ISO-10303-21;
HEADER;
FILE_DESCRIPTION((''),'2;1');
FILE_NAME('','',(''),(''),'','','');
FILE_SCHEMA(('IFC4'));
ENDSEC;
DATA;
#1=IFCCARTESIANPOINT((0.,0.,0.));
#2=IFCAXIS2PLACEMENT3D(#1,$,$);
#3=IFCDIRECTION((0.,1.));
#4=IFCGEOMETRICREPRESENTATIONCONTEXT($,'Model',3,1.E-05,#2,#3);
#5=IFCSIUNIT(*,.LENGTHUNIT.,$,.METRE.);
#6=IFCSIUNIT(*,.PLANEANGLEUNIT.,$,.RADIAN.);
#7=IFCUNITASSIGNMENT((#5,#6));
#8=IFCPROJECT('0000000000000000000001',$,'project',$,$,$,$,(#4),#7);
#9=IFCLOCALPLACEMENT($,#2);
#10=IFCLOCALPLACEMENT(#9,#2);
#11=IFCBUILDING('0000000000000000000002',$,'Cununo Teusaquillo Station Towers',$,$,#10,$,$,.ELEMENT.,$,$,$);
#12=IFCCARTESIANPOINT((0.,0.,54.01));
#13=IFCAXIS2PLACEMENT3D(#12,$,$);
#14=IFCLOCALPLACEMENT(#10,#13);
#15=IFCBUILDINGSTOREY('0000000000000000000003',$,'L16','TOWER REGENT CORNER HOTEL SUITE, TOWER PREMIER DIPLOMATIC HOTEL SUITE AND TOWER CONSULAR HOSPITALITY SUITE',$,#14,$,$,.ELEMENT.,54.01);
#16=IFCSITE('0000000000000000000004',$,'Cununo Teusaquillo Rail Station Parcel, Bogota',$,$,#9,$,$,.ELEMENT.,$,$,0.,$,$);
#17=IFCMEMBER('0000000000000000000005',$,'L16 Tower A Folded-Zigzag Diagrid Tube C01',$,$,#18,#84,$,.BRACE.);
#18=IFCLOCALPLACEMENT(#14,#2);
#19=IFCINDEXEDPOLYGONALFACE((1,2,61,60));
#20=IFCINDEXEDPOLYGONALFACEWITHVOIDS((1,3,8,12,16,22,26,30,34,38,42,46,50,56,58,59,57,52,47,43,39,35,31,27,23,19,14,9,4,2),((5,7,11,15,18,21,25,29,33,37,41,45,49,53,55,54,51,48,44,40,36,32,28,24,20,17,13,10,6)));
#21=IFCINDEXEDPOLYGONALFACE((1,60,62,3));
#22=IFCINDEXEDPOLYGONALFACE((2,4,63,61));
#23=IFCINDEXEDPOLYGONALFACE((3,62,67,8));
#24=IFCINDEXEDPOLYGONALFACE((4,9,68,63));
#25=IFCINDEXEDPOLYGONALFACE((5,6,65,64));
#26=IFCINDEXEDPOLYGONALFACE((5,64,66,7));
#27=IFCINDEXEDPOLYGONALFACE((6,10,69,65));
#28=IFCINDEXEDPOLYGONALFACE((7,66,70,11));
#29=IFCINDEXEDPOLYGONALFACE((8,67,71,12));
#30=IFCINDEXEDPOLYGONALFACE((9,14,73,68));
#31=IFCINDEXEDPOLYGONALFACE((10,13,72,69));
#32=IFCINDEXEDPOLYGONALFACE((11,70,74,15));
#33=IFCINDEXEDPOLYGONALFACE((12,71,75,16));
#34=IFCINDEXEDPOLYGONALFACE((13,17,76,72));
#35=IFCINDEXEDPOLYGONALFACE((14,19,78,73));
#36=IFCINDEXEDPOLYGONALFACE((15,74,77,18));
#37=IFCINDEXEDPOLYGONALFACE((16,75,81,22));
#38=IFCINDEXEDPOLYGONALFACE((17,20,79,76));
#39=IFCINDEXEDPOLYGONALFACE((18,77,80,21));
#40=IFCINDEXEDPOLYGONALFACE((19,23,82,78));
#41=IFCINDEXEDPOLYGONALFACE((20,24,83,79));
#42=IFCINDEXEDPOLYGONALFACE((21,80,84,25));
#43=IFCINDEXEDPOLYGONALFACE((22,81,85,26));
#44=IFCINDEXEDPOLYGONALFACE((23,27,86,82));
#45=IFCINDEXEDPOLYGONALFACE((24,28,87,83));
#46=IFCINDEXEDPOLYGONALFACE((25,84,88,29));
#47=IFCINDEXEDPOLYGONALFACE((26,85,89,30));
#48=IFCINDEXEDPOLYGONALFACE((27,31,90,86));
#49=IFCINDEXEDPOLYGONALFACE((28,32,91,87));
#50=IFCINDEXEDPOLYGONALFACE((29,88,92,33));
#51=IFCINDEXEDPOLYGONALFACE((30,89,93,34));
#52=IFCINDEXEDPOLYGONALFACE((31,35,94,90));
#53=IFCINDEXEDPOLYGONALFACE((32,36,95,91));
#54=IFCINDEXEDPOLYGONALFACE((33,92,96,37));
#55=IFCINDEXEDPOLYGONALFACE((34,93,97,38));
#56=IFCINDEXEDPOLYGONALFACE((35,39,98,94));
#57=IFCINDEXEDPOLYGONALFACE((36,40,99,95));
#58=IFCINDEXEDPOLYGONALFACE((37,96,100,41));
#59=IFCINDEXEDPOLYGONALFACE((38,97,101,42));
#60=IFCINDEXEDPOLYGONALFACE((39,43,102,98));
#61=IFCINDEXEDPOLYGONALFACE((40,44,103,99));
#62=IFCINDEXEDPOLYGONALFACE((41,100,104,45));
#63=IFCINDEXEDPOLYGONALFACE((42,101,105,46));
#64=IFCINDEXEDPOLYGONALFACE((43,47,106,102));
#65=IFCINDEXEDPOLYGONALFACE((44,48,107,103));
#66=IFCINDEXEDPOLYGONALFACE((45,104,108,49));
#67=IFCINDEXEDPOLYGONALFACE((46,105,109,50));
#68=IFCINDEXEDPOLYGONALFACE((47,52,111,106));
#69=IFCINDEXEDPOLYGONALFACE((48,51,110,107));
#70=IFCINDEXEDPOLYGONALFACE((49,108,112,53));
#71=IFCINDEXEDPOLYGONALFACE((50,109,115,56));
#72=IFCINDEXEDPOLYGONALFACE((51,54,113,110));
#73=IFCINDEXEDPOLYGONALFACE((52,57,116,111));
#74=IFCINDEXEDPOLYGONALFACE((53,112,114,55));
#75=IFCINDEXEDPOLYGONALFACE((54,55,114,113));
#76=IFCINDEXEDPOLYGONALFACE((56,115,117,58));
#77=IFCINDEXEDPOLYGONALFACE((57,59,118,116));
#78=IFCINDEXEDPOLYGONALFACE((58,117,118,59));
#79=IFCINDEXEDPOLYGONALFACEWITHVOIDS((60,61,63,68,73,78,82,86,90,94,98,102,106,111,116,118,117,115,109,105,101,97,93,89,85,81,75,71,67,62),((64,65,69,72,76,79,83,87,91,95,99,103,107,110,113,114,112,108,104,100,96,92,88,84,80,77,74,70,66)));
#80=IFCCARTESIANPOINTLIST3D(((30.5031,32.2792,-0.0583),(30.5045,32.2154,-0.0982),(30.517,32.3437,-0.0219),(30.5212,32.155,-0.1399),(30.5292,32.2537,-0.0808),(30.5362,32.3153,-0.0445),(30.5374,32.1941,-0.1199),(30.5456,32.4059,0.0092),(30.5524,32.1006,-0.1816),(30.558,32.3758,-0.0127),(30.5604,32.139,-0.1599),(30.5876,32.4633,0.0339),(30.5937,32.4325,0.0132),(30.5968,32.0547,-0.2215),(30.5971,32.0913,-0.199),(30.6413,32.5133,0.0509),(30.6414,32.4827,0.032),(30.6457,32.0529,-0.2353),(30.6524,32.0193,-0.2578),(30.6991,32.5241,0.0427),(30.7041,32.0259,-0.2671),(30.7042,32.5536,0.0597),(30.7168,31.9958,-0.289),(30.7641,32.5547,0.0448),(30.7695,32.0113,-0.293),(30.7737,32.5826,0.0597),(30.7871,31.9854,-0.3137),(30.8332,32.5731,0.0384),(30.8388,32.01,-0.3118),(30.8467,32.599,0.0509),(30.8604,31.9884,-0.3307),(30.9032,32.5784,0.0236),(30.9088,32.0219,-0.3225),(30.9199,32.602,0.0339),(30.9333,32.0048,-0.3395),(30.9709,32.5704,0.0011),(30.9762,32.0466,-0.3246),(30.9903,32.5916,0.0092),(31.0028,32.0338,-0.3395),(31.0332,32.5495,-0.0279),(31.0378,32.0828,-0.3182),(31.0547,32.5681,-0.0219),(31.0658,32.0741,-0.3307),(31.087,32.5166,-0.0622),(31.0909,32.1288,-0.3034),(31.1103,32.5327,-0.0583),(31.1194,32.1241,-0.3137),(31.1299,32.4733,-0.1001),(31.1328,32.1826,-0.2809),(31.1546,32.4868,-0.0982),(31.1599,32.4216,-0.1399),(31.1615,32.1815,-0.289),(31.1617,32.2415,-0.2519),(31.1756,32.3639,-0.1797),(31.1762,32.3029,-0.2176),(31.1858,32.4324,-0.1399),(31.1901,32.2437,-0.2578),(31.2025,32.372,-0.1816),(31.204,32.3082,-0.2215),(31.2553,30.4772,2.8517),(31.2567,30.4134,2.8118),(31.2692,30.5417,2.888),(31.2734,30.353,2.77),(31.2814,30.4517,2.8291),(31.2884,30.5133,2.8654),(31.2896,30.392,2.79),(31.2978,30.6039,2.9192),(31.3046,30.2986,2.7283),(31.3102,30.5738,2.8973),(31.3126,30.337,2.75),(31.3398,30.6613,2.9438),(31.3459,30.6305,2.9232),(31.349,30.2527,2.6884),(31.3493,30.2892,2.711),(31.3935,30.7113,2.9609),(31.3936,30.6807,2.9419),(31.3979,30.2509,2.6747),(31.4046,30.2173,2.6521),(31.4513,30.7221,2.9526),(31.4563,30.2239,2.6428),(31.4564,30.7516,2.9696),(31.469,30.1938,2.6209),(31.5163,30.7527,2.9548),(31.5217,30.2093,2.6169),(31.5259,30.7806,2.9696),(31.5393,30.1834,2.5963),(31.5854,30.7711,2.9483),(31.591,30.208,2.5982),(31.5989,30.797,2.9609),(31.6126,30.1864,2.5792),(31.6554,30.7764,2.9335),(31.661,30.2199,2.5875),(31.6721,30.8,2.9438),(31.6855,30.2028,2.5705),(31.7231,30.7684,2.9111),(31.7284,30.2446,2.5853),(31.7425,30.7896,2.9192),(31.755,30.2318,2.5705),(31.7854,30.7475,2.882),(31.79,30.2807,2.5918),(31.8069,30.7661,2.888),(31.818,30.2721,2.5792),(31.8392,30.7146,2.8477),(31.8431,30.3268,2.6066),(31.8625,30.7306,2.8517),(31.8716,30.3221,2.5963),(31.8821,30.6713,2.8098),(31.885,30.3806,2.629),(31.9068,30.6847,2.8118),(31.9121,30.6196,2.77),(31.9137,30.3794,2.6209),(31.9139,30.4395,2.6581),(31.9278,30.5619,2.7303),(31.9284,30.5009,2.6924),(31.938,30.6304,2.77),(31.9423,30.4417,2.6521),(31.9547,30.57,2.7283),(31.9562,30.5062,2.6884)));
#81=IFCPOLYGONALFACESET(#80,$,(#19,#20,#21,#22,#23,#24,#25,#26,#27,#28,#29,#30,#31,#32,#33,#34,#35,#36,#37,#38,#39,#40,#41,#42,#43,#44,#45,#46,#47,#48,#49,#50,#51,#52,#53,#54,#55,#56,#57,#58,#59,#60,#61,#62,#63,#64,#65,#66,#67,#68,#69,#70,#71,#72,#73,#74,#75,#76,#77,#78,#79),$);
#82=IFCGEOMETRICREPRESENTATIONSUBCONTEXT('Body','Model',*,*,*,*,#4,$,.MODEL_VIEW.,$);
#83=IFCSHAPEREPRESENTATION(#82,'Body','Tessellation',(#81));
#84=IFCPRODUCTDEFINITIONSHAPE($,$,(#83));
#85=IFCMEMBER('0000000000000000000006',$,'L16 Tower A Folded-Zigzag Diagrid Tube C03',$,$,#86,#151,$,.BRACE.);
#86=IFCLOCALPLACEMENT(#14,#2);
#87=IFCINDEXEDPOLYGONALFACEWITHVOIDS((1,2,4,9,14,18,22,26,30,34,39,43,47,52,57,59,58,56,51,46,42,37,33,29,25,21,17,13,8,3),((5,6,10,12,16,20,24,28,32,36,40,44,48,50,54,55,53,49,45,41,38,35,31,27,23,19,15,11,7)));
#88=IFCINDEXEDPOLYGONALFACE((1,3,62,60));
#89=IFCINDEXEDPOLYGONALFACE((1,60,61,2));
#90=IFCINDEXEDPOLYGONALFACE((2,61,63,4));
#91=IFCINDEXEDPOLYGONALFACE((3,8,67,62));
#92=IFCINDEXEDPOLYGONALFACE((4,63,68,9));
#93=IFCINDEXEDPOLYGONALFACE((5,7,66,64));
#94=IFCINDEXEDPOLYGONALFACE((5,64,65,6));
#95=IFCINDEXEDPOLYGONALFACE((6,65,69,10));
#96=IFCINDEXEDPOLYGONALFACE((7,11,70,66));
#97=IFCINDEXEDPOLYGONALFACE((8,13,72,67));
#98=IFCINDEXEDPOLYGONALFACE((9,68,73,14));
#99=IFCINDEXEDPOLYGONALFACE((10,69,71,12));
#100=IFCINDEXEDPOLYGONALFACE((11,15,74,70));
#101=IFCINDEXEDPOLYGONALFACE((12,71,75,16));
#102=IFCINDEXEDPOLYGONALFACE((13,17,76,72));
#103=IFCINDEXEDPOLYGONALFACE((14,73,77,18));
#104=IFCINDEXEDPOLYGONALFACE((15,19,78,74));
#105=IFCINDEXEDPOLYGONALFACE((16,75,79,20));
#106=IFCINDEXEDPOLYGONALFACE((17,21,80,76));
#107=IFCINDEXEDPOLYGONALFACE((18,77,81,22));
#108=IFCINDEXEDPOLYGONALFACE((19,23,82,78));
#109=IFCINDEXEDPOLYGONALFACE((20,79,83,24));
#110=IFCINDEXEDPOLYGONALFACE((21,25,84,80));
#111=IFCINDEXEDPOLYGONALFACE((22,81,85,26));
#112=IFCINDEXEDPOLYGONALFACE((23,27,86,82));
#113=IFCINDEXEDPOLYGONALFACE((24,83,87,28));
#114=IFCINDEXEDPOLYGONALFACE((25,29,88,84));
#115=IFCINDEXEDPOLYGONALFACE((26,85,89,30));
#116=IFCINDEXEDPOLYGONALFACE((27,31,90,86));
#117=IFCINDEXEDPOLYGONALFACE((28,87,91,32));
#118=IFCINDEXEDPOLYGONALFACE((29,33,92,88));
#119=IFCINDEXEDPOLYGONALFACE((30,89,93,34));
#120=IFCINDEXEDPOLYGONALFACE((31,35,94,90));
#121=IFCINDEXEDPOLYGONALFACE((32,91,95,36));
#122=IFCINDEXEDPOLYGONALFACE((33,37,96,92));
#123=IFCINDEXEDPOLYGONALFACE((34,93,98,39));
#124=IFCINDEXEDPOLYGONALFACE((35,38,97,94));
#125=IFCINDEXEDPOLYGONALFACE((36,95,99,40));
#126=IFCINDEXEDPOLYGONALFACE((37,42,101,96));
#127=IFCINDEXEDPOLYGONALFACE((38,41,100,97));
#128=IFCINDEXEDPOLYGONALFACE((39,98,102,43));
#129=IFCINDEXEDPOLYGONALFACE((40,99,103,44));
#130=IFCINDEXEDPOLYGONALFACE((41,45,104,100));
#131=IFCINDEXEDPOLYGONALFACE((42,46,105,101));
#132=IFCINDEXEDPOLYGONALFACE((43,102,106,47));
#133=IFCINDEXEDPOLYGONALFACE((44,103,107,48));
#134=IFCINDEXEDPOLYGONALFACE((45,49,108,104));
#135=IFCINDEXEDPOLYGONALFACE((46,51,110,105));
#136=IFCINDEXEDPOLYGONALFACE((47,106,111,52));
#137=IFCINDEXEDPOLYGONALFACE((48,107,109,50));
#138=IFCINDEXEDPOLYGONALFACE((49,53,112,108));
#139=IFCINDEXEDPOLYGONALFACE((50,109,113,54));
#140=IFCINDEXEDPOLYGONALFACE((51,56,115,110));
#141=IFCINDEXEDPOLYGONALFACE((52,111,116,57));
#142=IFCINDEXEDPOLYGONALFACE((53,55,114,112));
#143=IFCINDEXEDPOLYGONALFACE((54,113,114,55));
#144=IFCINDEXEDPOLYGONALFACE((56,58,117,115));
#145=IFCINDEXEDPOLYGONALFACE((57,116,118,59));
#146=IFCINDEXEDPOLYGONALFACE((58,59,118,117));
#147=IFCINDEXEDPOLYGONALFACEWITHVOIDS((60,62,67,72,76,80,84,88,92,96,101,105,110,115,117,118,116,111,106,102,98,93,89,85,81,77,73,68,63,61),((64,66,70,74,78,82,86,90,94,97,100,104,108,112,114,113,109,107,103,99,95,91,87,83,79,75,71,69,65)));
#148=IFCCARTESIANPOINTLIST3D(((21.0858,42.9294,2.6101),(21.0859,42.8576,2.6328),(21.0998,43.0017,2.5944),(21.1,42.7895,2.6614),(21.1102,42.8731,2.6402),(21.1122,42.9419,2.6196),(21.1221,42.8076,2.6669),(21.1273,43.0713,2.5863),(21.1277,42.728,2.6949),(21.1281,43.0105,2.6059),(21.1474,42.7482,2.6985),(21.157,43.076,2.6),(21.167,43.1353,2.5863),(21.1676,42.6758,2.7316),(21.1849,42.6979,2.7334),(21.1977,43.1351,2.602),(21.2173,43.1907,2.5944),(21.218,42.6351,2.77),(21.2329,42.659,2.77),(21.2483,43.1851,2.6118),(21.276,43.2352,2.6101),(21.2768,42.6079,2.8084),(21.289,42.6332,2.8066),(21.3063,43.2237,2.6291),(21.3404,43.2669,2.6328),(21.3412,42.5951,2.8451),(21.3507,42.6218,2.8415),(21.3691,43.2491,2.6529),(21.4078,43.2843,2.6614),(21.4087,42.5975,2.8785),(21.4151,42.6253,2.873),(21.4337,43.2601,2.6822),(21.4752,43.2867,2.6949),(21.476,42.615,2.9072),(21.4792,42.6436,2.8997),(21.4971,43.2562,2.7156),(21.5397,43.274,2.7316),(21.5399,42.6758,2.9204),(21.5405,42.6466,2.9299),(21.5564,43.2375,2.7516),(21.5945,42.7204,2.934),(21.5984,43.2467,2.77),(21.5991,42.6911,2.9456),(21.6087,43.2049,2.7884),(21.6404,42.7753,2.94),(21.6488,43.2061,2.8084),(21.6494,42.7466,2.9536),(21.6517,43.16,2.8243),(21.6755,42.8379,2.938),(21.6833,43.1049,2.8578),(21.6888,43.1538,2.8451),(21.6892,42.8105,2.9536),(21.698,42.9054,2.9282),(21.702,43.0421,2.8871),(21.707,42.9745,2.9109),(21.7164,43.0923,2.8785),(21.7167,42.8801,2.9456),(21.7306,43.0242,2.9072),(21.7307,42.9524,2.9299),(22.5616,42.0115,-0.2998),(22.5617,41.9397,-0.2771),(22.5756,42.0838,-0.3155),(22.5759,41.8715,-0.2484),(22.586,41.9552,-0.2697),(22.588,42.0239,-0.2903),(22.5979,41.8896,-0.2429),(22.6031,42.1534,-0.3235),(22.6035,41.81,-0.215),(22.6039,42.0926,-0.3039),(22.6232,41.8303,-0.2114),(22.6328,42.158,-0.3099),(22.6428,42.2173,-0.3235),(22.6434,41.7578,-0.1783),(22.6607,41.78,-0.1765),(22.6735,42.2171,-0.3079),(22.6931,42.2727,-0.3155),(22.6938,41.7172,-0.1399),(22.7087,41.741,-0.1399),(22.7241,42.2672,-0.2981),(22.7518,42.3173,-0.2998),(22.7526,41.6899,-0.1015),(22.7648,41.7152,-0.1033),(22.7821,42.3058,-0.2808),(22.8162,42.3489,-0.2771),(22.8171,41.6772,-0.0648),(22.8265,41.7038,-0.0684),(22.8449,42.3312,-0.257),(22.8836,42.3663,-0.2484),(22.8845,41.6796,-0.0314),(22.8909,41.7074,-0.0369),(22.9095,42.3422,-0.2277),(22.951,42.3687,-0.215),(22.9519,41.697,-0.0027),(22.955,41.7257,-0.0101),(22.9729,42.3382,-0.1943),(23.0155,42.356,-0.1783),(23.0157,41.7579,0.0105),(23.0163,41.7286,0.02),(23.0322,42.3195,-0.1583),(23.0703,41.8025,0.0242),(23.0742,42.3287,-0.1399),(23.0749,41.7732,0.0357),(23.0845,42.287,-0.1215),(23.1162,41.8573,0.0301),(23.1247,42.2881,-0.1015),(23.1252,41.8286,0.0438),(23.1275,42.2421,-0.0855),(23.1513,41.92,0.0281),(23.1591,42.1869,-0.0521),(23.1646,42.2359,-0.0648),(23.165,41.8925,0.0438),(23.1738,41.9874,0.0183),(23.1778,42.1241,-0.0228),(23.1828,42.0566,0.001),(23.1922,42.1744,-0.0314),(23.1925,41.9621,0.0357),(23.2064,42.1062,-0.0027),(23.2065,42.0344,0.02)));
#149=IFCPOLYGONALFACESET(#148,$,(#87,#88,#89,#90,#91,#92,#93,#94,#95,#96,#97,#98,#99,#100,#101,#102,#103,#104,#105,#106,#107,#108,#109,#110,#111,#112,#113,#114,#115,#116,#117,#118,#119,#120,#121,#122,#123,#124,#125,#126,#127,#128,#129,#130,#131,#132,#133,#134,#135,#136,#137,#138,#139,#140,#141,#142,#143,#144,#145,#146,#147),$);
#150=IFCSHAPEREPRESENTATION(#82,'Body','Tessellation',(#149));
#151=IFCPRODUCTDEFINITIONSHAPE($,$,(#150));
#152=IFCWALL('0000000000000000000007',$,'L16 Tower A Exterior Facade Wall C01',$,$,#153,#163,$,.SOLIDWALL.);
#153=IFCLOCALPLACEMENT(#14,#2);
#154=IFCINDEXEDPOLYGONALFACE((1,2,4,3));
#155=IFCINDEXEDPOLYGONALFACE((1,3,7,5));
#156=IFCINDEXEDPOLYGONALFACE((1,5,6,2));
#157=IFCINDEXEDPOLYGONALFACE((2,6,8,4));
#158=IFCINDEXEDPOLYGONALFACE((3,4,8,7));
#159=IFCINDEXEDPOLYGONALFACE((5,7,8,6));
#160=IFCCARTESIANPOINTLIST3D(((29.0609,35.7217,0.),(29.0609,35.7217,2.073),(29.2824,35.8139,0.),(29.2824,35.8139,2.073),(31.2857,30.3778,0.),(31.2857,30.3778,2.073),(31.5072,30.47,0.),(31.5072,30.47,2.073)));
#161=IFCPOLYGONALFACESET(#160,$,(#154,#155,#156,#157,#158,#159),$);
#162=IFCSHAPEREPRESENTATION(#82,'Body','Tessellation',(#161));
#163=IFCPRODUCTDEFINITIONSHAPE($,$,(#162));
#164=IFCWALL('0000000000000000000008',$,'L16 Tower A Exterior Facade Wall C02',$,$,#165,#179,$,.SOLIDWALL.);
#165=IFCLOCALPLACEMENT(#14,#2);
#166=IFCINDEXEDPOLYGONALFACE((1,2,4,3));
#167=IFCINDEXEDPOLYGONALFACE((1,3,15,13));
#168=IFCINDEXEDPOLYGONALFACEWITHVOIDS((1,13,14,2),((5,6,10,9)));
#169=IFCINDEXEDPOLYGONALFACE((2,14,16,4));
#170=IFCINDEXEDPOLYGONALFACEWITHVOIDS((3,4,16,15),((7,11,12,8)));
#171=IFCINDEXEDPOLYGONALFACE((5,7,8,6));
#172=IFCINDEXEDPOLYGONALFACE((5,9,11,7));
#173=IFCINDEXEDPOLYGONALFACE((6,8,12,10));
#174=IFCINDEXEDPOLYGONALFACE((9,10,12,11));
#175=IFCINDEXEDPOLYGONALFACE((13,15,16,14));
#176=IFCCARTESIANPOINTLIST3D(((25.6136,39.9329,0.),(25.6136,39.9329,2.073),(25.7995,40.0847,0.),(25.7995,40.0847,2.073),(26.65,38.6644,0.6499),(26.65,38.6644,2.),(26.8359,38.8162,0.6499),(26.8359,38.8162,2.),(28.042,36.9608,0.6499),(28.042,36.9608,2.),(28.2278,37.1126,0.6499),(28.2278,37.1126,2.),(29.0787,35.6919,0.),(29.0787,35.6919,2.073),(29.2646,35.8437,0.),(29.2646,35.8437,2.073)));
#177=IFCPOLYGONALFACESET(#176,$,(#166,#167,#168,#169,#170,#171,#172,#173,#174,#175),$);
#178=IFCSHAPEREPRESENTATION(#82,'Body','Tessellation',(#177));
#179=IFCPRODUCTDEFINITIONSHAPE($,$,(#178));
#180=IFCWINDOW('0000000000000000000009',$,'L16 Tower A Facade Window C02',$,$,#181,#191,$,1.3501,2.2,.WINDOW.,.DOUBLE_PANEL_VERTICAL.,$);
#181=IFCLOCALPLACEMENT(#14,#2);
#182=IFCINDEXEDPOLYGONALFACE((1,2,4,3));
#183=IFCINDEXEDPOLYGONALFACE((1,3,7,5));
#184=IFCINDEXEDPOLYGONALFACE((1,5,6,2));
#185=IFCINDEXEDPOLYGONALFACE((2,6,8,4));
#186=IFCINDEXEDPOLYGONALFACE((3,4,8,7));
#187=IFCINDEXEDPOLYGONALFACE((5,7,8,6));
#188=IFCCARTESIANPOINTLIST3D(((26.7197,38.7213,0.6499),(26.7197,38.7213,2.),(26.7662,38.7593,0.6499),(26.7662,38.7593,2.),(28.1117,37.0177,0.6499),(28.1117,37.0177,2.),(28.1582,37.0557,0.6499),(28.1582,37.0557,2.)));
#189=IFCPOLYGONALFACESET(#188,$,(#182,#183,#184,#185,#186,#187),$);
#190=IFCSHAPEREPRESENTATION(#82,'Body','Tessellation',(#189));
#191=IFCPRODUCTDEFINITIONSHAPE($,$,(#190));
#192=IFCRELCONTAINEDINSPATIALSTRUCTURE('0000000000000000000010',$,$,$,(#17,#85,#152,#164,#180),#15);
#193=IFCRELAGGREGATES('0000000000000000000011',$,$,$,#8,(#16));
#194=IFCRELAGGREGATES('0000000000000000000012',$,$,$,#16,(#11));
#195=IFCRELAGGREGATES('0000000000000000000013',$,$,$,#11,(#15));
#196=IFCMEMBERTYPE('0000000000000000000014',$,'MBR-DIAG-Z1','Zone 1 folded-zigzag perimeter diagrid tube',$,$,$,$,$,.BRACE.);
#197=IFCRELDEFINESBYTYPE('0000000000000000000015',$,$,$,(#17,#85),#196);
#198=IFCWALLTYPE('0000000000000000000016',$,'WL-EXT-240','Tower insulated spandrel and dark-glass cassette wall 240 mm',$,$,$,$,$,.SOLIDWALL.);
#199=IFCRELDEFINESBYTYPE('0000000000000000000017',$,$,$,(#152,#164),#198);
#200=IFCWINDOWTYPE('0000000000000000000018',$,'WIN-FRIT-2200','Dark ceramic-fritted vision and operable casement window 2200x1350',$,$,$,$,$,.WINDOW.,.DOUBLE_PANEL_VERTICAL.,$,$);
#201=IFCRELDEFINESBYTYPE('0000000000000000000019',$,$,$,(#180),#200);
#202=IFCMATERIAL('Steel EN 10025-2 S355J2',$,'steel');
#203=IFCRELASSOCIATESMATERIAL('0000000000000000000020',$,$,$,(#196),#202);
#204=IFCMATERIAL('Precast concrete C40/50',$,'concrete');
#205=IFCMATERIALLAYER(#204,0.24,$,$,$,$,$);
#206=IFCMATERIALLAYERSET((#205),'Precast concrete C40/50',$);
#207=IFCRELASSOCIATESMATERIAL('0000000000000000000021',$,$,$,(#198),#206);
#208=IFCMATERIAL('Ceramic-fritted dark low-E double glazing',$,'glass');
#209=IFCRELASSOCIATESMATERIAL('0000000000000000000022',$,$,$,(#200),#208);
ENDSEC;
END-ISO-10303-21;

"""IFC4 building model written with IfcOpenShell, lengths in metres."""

from ifc_helpers import new_model, si_unit, direction, frame, frame_2d, origin, origin_2d, place, context, subcontext, project, spatial, rectangle, hollow_circle, extrude, source, transform, mapped, material, layer, layer_set, material_profile, profile_set, type_object, element, fill, save


model = new_model("IFC4")

# Units and contexts
model_context = context("Model", 3, precision=1e-05, world=origin(), true_north=direction((0.0, 1.0)))
body_context = subcontext(model_context, "Body", "Model", "MODEL_VIEW")
ifc_project = project(units=[si_unit("LENGTHUNIT", "METRE"), si_unit("PLANEANGLEUNIT", "RADIAN")], contexts=[model_context])

# Site, building, storey
site_placement = place(None, origin())
site = spatial("IfcSite", under=ifc_project, at=site_placement, Name="Cununo Teusaquillo Rail Station Parcel, Bogota", CompositionType="ELEMENT", RefElevation=0.0)
building_placement = place(site_placement, origin())
building = spatial("IfcBuilding", under=site, at=building_placement, Name="Cununo Teusaquillo Station Towers", CompositionType="ELEMENT")
storey_placement = place(building_placement, frame((0.0, 0.0, 54.01)))
storey = spatial("IfcBuildingStorey", under=building, at=storey_placement, Name="L16", Description="TOWER REGENT CORNER HOTEL SUITE, TOWER PREMIER DIPLOMATIC HOTEL SUITE AND TOWER CONSULAR HOSPITALITY SUITE", CompositionType="ELEMENT", Elevation=54.01)

# Members
ifc_material_1 = material(Name="Steel EN 10025-2 S355J2", Category="steel")
ifc_material_profile_1 = material_profile(ifc_material_1, hollow_circle(Radius=0.3601, WallThickness=0.0281, at=origin_2d()), Name="CHS 720x28")
ifc_profile_set_1 = profile_set([ifc_material_profile_1], Name="Steel EN 10025-2 S355J2")
member_type = type_object("IfcMemberType", Name="MBR-DIAG-Z1", Description="Zone 1 folded-zigzag perimeter diagrid tube", PredefinedType="BRACE", material=ifc_profile_set_1)
member_1_placement = place(storey_placement, frame((30.8535, 32.2937, -0.1399), z_axis=(0.214646, -0.514216, 0.830367), x_axis=(0.922829, 0.38521, 0.0)))
element("IfcMember", 1, at=member_1_placement, inside=storey, type_object=member_type, Name="L16 Tower A Folded-Zigzag Diagrid Tube C01", PredefinedType="BRACE", context=body_context, shape_type="SweptSolid", body=[
    extrude(hollow_circle(Radius=0.3601, WallThickness=0.0281, at=origin_2d()), origin(), (0.0, 0.0, 1.0), 3.5044),
])
member_2_placement = place(storey_placement, frame((22.884, 42.0229, -0.1399), z_axis=(-0.43542, 0.270832, 0.858522), x_axis=(-0.528167, -0.849141, 0.0)))
element("IfcMember", 2, at=member_2_placement, inside=storey, type_object=member_type, Name="L16 Tower A Folded-Zigzag Diagrid Tube C03", PredefinedType="BRACE", context=body_context, shape_type="SweptSolid", body=[
    extrude(hollow_circle(Radius=0.3601, WallThickness=0.0281, at=origin_2d()), origin(), (0.0, 0.0, 1.0), 3.3894),
])

# Wall
ifc_material_2 = material(Name="Precast concrete C40/50", Category="concrete")
ifc_layer_1 = layer(ifc_material_2, 0.24)
ifc_layer_set_1 = layer_set([ifc_layer_1], Name="Precast concrete C40/50")
wall_type_1 = type_object("IfcWallType", Name="WL-EXT-240", Description="Tower insulated spandrel and dark-glass cassette wall 240 mm", PredefinedType="SOLIDWALL", material=ifc_layer_set_1)
wall_1_placement = place(storey_placement, frame((29.1716, 35.7678, 0.0), z_axis=(0.0, 0.0, 1.0), x_axis=(0.384349, -0.923188, 0.0)))
element("IfcWall", 3, at=wall_1_placement, inside=storey, type_object=wall_type_1, Name="L16 Tower A Exterior Facade Wall C01", PredefinedType="SOLIDWALL", context=body_context, shape_type="SweptSolid", body=[
    extrude(rectangle(XDim=5.7886, YDim=0.24, at=frame_2d((2.8943, 0.0))), origin(), (0.0, 0.0, 1.0), 2.073),
])

# Wall, opening, window
wall_2_placement = place(storey_placement, frame((25.7065, 40.0088, 0.0), z_axis=(0.0, 0.0, 1.0), x_axis=(0.632713, -0.774386, 0.0)))
wall_2 = element("IfcWall", 4, at=wall_2_placement, inside=storey, type_object=wall_type_1, Name="L16 Tower A Exterior Facade Wall C02", PredefinedType="SOLIDWALL", context=body_context, shape_type="SweptSolid", body=[
    extrude(rectangle(XDim=5.4766, YDim=0.24, at=frame_2d((2.7383, 0.0))), origin(), (0.0, 0.0, 1.0), 2.073),
])
shared_shape_1 = source(origin(), body_context, "Body", "SweptSolid", [
    extrude(rectangle(XDim=2.2, YDim=1.3501, at=frame_2d((1.1001, 0.675))), frame((0.0, 0.1299, 0.0), z_axis=(0.0, -1.0, 0.0), x_axis=(1.0, 0.0, 0.0)), (0.0, 0.0, 1.0), 0.26),
])
opening_1_placement = place(wall_2_placement, frame((1.6379, 0.0, 0.6499)))
opening_1 = element("IfcOpeningElement", 5, at=opening_1_placement, cuts=wall_2, PredefinedType="OPENING", context=body_context, shape_type="MappedRepresentation", body=[
    mapped(shared_shape_1, transform((0.0, 0.0, 0.0), x_axis=(1.0, 0.0, 0.0), y_axis=(0.0, 1.0, 0.0), z_axis=(0.0, 0.0, 1.0), scale=1.0)),
])
ifc_material_3 = material(Name="Ceramic-fritted dark low-E double glazing", Category="glass")
window_type = type_object("IfcWindowType", Name="WIN-FRIT-2200", Description="Dark ceramic-fritted vision and operable casement window 2200x1350", PartitioningType="DOUBLE_PANEL_VERTICAL", PredefinedType="WINDOW", material=ifc_material_3)
shared_shape_2 = source(origin(), body_context, "Body", "SweptSolid", [
    extrude(rectangle(XDim=2.2, YDim=1.3501, at=frame_2d((1.1001, 0.675))), frame((0.0, 0.03, 0.0), z_axis=(0.0, -1.0, 0.0), x_axis=(1.0, 0.0, 0.0)), (0.0, 0.0, 1.0), 0.0601),
])
window_placement = place(opening_1_placement, origin())
window = element("IfcWindow", 6, at=window_placement, inside=storey, type_object=window_type, Name="L16 Tower A Facade Window C02", OverallHeight=1.3501, OverallWidth=2.2, PartitioningType="DOUBLE_PANEL_VERTICAL", PredefinedType="WINDOW", context=body_context, shape_type="MappedRepresentation", body=[
    mapped(shared_shape_2, transform((0.0, 0.0, 0.0), x_axis=(1.0, 0.0, 0.0), y_axis=(0.0, 1.0, 0.0), z_axis=(0.0, 0.0, 1.0), scale=1.0)),
])
fill(opening_1, window)

save(model, "model.ifc")
